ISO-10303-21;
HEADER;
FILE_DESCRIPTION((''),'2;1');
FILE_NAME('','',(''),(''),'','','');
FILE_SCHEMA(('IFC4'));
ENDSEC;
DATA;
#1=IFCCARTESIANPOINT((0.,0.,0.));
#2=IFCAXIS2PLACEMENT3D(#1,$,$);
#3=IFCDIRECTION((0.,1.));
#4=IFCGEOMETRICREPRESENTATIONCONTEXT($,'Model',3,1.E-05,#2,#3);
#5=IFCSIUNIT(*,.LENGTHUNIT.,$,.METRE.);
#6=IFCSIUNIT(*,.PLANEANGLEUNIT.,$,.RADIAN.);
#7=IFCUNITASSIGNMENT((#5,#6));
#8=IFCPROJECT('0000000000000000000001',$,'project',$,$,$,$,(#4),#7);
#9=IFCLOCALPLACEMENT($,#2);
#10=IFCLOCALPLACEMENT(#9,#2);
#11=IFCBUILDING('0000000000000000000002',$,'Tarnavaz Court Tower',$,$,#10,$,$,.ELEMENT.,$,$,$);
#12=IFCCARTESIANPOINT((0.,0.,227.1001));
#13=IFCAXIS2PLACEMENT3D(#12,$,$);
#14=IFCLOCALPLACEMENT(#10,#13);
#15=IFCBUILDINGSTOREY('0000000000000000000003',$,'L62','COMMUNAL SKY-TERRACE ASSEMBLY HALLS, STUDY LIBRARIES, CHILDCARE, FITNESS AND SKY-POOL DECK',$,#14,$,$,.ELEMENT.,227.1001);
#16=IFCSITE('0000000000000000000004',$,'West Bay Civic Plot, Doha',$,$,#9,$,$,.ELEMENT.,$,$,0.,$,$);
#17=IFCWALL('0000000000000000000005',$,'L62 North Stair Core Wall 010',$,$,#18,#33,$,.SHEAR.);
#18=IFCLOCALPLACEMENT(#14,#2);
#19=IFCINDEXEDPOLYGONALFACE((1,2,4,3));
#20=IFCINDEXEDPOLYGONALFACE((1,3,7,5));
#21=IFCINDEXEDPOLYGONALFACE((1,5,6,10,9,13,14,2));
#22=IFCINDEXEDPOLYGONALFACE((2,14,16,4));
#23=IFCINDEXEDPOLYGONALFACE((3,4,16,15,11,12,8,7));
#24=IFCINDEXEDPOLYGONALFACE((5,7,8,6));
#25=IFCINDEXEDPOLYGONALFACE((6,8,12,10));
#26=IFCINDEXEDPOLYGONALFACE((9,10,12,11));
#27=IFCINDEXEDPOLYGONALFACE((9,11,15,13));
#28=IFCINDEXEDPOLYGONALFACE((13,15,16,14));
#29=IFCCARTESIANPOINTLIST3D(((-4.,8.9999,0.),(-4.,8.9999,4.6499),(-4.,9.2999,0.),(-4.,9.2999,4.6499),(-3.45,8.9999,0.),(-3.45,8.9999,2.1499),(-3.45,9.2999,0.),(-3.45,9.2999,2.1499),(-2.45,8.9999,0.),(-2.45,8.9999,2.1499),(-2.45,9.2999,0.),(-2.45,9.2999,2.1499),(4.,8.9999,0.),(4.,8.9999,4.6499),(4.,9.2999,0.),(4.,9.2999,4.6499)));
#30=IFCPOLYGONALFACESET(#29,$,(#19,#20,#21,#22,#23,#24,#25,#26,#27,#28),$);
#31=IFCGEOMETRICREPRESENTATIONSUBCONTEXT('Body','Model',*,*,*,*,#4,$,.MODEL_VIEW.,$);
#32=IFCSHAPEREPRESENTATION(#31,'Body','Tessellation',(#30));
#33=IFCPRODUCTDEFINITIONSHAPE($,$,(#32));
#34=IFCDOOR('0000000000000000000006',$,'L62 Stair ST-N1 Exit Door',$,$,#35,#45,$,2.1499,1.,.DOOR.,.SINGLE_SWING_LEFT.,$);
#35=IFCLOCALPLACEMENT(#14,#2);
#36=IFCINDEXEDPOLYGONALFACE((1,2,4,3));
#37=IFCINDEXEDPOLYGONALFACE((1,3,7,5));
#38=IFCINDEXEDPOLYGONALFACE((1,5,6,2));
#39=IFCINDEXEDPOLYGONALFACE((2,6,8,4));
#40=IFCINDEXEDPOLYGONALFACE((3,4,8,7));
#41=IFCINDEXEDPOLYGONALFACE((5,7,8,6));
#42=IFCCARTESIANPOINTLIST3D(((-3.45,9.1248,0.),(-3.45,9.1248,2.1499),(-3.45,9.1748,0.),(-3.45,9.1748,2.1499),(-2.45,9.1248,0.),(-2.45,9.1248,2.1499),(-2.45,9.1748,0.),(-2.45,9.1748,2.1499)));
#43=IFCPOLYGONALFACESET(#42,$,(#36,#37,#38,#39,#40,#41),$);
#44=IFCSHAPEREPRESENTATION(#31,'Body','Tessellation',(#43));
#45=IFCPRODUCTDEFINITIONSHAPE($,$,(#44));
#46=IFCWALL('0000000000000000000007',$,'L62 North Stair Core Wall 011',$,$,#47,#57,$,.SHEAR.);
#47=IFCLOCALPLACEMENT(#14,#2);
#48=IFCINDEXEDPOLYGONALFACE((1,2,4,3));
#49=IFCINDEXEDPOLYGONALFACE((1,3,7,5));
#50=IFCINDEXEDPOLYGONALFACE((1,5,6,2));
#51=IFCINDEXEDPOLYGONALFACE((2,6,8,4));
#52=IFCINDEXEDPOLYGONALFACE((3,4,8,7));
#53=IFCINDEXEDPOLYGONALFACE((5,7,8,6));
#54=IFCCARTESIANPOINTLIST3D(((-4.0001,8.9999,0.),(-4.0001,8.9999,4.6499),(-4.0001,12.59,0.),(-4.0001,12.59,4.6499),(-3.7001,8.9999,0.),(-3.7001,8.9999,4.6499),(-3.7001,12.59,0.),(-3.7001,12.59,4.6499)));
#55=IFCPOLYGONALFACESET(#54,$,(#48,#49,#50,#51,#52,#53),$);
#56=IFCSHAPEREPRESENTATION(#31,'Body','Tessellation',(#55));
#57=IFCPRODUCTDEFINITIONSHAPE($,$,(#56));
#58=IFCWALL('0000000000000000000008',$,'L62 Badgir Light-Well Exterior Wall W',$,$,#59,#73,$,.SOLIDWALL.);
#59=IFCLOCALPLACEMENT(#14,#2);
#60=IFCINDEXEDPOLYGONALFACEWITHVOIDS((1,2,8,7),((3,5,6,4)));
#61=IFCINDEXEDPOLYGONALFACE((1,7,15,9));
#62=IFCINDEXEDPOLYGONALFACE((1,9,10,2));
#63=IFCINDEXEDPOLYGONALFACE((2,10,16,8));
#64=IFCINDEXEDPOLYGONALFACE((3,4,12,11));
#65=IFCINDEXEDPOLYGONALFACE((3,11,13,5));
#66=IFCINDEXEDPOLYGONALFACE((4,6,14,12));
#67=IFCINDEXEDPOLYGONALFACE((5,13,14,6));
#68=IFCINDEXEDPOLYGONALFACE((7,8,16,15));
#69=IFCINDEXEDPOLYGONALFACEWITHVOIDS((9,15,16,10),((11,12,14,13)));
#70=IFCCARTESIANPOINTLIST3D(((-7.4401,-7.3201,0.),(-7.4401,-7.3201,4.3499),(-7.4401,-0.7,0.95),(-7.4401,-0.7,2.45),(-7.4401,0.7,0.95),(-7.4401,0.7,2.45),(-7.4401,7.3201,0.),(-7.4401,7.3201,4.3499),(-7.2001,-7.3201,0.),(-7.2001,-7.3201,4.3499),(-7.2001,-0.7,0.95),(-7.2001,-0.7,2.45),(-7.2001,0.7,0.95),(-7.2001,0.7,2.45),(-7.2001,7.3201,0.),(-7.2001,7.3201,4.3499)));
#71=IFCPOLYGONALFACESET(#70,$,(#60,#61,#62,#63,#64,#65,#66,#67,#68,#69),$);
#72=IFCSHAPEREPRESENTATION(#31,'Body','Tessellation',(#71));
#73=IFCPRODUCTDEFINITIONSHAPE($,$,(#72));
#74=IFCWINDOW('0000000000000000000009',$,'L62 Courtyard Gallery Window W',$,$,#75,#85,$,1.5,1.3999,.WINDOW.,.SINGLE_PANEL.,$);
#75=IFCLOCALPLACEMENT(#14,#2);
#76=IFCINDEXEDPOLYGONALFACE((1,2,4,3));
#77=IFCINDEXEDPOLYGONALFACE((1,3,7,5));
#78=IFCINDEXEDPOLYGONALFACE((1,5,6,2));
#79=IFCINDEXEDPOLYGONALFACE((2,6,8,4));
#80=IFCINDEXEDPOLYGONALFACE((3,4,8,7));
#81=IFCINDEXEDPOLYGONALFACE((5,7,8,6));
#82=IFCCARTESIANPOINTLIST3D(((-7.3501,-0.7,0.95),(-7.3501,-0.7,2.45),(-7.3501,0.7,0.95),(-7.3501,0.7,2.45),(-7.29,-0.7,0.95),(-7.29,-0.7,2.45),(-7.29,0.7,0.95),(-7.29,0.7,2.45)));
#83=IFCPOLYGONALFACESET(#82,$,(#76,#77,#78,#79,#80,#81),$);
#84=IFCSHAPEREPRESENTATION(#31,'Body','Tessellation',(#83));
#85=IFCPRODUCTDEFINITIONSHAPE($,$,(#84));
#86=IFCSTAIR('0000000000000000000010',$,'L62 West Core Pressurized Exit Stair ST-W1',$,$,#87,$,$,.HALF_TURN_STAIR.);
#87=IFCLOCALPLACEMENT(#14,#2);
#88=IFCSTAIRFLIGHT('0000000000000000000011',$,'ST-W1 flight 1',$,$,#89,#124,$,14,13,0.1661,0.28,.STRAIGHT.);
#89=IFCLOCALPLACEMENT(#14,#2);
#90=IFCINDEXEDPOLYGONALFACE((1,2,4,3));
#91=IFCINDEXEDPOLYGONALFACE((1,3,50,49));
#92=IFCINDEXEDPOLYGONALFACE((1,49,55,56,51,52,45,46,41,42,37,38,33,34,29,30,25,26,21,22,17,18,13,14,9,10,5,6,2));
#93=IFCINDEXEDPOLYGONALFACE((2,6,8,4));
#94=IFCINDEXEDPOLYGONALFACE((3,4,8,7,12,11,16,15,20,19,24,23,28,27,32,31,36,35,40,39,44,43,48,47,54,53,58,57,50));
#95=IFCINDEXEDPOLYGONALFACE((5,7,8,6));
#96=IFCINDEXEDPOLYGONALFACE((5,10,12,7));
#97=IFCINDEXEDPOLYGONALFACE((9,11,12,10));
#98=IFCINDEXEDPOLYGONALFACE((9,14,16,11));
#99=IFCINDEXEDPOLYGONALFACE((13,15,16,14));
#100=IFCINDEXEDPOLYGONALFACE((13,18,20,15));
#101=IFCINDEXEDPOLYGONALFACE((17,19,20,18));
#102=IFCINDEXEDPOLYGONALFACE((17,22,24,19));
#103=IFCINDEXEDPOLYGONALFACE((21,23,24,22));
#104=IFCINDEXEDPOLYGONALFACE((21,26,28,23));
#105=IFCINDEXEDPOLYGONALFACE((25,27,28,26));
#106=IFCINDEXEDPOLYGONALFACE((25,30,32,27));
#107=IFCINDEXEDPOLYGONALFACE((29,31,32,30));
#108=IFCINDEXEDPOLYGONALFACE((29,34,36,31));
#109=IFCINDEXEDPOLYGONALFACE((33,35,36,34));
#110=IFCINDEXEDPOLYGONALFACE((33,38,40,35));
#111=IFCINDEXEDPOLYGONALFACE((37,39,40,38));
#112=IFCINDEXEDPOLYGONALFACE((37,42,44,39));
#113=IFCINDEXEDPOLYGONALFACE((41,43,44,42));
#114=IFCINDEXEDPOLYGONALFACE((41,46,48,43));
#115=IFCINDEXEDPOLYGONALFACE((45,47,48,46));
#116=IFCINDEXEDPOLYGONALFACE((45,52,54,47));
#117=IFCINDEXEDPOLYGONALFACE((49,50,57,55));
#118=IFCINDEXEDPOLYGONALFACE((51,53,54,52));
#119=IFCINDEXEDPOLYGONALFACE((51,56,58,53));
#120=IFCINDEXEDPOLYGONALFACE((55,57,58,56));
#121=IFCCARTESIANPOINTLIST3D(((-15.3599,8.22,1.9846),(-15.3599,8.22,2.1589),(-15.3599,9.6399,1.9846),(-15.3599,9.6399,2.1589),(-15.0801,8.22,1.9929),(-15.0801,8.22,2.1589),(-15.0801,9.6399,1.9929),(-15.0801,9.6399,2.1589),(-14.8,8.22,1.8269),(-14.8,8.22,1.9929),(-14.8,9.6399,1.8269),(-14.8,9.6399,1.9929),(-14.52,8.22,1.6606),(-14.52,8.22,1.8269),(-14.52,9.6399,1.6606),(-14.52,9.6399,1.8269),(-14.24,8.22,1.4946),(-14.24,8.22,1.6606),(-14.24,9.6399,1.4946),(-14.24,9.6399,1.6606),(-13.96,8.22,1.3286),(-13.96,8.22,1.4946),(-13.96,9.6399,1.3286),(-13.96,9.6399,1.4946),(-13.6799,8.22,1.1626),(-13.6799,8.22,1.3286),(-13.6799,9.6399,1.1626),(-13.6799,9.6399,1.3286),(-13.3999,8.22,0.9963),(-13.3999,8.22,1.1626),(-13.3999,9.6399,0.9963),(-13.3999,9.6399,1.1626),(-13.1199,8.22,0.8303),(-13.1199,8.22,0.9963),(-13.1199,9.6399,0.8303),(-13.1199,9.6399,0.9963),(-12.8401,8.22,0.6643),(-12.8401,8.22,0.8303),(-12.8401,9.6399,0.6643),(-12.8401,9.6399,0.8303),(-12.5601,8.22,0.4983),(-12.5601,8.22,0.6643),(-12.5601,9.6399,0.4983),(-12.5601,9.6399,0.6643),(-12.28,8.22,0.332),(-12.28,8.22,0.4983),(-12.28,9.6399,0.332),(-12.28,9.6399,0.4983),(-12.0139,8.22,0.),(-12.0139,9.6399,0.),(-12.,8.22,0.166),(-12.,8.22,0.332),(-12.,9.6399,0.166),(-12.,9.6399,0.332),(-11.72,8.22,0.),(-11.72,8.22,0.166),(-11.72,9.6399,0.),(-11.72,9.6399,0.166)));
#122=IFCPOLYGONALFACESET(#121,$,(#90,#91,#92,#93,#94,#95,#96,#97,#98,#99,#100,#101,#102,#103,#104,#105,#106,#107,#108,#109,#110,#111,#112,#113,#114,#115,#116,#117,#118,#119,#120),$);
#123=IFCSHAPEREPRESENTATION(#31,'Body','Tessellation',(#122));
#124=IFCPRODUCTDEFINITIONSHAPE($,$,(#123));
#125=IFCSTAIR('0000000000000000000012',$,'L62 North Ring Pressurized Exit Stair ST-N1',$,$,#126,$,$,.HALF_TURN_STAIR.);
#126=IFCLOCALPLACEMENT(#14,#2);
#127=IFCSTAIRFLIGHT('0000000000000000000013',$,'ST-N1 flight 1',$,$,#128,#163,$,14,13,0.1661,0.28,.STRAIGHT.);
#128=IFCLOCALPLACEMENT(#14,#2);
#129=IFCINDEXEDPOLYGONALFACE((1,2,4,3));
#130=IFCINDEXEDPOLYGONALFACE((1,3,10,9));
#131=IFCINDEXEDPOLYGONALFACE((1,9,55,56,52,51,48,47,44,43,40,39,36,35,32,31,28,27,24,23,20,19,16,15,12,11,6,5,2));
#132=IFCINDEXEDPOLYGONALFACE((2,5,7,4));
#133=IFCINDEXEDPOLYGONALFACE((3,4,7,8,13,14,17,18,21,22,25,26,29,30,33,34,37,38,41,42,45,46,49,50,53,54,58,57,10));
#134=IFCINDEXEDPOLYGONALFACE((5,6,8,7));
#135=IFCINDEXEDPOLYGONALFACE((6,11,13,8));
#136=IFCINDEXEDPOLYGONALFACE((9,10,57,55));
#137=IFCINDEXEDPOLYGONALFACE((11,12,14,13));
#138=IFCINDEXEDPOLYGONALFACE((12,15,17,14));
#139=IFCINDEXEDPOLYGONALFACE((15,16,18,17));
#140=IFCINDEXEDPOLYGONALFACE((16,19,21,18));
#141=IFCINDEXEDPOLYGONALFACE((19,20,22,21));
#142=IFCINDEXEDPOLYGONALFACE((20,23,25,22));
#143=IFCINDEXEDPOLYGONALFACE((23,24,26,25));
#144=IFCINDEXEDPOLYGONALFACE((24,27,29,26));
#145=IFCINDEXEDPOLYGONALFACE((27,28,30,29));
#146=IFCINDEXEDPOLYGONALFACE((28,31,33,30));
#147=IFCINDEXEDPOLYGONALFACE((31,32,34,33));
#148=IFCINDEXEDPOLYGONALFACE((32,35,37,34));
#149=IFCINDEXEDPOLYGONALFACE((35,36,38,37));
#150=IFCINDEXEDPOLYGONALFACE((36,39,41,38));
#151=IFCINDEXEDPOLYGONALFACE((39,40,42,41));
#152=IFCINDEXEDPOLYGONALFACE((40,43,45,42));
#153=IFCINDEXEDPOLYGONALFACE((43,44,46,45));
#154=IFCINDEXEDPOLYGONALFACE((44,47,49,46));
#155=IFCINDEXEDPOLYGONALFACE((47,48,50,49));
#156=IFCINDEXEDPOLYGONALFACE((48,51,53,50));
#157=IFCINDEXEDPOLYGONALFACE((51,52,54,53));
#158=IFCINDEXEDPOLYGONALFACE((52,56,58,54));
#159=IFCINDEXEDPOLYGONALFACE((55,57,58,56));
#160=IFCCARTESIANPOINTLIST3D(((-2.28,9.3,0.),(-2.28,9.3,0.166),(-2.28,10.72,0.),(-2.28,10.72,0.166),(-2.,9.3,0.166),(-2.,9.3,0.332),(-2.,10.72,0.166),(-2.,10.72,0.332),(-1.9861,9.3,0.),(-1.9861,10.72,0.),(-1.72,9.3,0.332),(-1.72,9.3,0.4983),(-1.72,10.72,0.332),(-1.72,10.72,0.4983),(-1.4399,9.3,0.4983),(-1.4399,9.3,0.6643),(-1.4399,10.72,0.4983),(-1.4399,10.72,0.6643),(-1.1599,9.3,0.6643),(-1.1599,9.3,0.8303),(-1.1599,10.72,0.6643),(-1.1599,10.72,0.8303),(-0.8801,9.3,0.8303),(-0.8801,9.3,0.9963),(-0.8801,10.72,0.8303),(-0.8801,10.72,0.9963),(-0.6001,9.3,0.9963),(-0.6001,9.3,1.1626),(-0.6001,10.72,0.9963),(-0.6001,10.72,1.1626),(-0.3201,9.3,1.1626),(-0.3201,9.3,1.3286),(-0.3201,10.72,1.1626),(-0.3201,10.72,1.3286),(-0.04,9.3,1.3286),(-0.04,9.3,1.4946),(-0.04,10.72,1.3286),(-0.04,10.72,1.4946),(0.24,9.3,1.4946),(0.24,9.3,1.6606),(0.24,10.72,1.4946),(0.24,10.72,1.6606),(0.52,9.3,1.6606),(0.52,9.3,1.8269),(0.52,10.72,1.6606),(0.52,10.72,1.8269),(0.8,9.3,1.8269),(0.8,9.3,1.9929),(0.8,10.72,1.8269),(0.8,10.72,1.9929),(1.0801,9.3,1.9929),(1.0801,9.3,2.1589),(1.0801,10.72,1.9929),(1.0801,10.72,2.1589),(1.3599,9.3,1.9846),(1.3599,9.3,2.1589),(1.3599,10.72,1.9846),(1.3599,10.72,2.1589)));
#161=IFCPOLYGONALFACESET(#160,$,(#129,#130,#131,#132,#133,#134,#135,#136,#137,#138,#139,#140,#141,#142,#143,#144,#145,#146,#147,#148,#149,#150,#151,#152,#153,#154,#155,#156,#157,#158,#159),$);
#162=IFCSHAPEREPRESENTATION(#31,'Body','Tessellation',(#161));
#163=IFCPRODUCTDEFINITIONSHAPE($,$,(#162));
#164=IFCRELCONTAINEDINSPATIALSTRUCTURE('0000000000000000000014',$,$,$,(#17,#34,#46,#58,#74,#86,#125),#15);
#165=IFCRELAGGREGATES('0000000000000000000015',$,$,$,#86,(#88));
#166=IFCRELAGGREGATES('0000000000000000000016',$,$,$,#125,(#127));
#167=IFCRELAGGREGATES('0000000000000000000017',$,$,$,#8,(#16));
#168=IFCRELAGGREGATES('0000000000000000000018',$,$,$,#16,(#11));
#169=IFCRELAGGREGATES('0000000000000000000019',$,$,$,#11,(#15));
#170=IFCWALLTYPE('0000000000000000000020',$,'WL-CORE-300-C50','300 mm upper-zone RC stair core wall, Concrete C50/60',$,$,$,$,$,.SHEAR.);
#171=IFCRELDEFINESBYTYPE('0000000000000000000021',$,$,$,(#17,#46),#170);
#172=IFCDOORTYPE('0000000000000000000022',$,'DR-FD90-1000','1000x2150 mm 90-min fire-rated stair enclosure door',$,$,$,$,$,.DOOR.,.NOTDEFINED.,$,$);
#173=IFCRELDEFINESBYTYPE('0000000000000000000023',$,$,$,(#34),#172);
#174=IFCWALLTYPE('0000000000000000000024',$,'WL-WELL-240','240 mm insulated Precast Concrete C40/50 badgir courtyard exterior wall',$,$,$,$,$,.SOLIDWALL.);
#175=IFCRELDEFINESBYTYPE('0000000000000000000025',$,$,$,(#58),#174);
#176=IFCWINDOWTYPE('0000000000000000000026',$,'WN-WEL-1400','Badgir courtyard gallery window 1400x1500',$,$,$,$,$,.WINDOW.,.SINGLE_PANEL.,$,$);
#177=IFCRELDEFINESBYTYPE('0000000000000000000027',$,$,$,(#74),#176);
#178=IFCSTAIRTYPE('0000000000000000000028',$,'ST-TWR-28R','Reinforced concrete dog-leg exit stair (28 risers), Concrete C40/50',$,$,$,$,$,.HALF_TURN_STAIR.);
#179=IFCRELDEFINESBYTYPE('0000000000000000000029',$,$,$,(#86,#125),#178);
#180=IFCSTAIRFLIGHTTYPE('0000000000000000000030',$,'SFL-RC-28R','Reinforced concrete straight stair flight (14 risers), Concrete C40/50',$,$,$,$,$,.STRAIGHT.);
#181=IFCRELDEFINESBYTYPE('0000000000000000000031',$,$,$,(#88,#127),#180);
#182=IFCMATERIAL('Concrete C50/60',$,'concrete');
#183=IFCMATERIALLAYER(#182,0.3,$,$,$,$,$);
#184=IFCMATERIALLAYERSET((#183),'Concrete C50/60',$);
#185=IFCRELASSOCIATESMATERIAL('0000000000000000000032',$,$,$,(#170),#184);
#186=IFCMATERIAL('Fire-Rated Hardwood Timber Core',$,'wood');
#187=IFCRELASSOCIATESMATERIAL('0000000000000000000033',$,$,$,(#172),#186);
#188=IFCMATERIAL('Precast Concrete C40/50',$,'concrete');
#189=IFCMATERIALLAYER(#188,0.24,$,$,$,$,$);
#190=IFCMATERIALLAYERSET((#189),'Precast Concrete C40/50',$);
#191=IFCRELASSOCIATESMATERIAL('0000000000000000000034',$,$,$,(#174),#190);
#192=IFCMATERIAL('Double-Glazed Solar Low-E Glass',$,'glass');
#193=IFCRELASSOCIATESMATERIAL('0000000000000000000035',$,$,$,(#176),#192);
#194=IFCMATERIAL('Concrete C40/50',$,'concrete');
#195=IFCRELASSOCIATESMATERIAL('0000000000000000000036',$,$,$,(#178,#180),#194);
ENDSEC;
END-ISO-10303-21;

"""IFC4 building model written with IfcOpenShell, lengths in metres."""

from ifc_helpers import new_model, si_unit, direction, frame, frame_2d, origin, place, context, subcontext, project, spatial, polyline, rectangle, outline, extrude, material, layer, layer_set, type_object, element, fill, aggregate, save


model = new_model("IFC4")

# Units and contexts
model_context = context("Model", 3, precision=1e-05, world=origin(), true_north=direction((0.0, 1.0)))
body_context = subcontext(model_context, "Body", "Model", "MODEL_VIEW")
ifc_project = project(units=[si_unit("LENGTHUNIT", "METRE"), si_unit("PLANEANGLEUNIT", "RADIAN")], contexts=[model_context])

# Site, building, storey
site_placement = place(None, origin())
site = spatial("IfcSite", under=ifc_project, at=site_placement, Name="West Bay Civic Plot, Doha", CompositionType="ELEMENT", RefElevation=0.0)
building_placement = place(site_placement, origin())
building = spatial("IfcBuilding", under=site, at=building_placement, Name="Tarnavaz Court Tower", CompositionType="ELEMENT")
storey_placement = place(building_placement, frame((0.0, 0.0, 227.1001)))
storey = spatial("IfcBuildingStorey", under=building, at=storey_placement, Name="L62", Description="COMMUNAL SKY-TERRACE ASSEMBLY HALLS, STUDY LIBRARIES, CHILDCARE, FITNESS AND SKY-POOL DECK", CompositionType="ELEMENT", Elevation=227.1001)

# Shared definitions
ifc_material_1 = material(Name="Concrete C50/60", Category="concrete")

# Shared definitions
ifc_material_2 = material(Name="Double-Glazed Solar Low-E Glass", Category="glass")

# Shared definitions
ifc_layer_1 = layer(ifc_material_1, 0.3)
ifc_layer_set_1 = layer_set([ifc_layer_1], Name="Concrete C50/60")
wall_type_1 = type_object("IfcWallType", Name="WL-CORE-300-C50", Description="300 mm upper-zone RC stair core wall, Concrete C50/60", PredefinedType="SHEAR", material=ifc_layer_set_1)

# Wall, opening, door
wall_1_placement = place(storey_placement, frame((-4.0, 9.1499, 0.0), z_axis=(0.0, 0.0, 1.0), x_axis=(1.0, 0.0, 0.0)))
wall_1 = element("IfcWall", 1, at=wall_1_placement, inside=storey, type_object=wall_type_1, Name="L62 North Stair Core Wall 010", PredefinedType="SHEAR", context=body_context, shape_type="SweptSolid", body=[
    extrude(rectangle(XDim=8.0, YDim=0.3, at=frame_2d((4.0, 0.0))), origin(), (0.0, 0.0, 1.0), 4.6499),
])
opening_1_placement = place(wall_1_placement, frame((0.55, 0.0, 0.0)))
opening_1 = element("IfcOpeningElement", 2, at=opening_1_placement, cuts=wall_1, PredefinedType="OPENING", context=body_context, shape_type="SweptSolid", body=[
    extrude(rectangle(XDim=1.0, YDim=2.1499, at=frame_2d((0.5, 1.075))), frame((0.0, 0.1599, 0.0), z_axis=(0.0, -1.0, 0.0), x_axis=(1.0, 0.0, 0.0)), (0.0, 0.0, 1.0), 0.3201),
])
ifc_material_3 = material(Name="Fire-Rated Hardwood Timber Core", Category="wood")
door_type_1 = type_object("IfcDoorType", Name="DR-FD90-1000", Description="1000x2150 mm 90-min fire-rated stair enclosure door", OperationType="NOTDEFINED", PredefinedType="DOOR", material=ifc_material_3)
door_1_placement = place(opening_1_placement, origin())
door_1 = element("IfcDoor", 3, at=door_1_placement, inside=storey, type_object=door_type_1, Name="L62 Stair ST-N1 Exit Door", OperationType="SINGLE_SWING_LEFT", OverallHeight=2.1499, OverallWidth=1.0, PredefinedType="DOOR", context=body_context, shape_type="SweptSolid", body=[
    extrude(rectangle(XDim=1.0, YDim=2.1499, at=frame_2d((0.5, 1.075))), frame((0.0, 0.0249, 0.0), z_axis=(0.0, -1.0, 0.0), x_axis=(1.0, 0.0, 0.0)), (0.0, 0.0, 1.0), 0.05),
])
fill(opening_1, door_1)

# Wall
wall_2_placement = place(storey_placement, frame((-3.8501, 9.0, 0.0), z_axis=(0.0, 0.0, 1.0), x_axis=(0.0, 1.0, 0.0)))
element("IfcWall", 4, at=wall_2_placement, inside=storey, type_object=wall_type_1, Name="L62 North Stair Core Wall 011", PredefinedType="SHEAR", context=body_context, shape_type="SweptSolid", body=[
    extrude(rectangle(XDim=3.5901, YDim=0.3, at=frame_2d((1.7949, 0.0))), origin(), (0.0, 0.0, 1.0), 4.6499),
])

# Wall, opening, window
ifc_material_4 = material(Name="Precast Concrete C40/50", Category="concrete")
ifc_layer_2 = layer(ifc_material_4, 0.24)
ifc_layer_set_2 = layer_set([ifc_layer_2], Name="Precast Concrete C40/50")
wall_type_2 = type_object("IfcWallType", Name="WL-WELL-240", Description="240 mm insulated Precast Concrete C40/50 badgir courtyard exterior wall", PredefinedType="SOLIDWALL", material=ifc_layer_set_2)
wall_3_placement = place(storey_placement, frame((-7.3201, 7.3201, 0.0), z_axis=(0.0, 0.0, 1.0), x_axis=(0.0, -1.0, 0.0)))
wall_3 = element("IfcWall", 5, at=wall_3_placement, inside=storey, type_object=wall_type_2, Name="L62 Badgir Light-Well Exterior Wall W", PredefinedType="SOLIDWALL", context=body_context, shape_type="SweptSolid", body=[
    extrude(rectangle(XDim=14.6401, YDim=0.24, at=frame_2d((7.3201, 0.0))), origin(), (0.0, 0.0, 1.0), 4.3499),
])
opening_2_placement = place(wall_3_placement, frame((6.6201, 0.0, 0.95)))
opening_2 = element("IfcOpeningElement", 6, at=opening_2_placement, cuts=wall_3, PredefinedType="OPENING", context=body_context, shape_type="SweptSolid", body=[
    extrude(rectangle(XDim=1.3999, YDim=1.5, at=frame_2d((0.7, 0.75))), frame((0.0, 0.1299, 0.0), z_axis=(0.0, -1.0, 0.0), x_axis=(1.0, 0.0, 0.0)), (0.0, 0.0, 1.0), 0.26),
])
window_type = type_object("IfcWindowType", Name="WN-WEL-1400", Description="Badgir courtyard gallery window 1400x1500", PartitioningType="SINGLE_PANEL", PredefinedType="WINDOW", material=ifc_material_2)
window_placement = place(opening_2_placement, origin())
window = element("IfcWindow", 7, at=window_placement, inside=storey, type_object=window_type, Name="L62 Courtyard Gallery Window W", OverallHeight=1.5, OverallWidth=1.3999, PartitioningType="SINGLE_PANEL", PredefinedType="WINDOW", context=body_context, shape_type="SweptSolid", body=[
    extrude(rectangle(XDim=1.3999, YDim=1.5, at=frame_2d((0.7, 0.75))), frame((0.0, 0.03, 0.0), z_axis=(0.0, -1.0, 0.0), x_axis=(1.0, 0.0, 0.0)), (0.0, 0.0, 1.0), 0.0601),
])
fill(opening_2, window)

# Stairs, stair flights
ifc_material_5 = material(Name="Concrete C40/50", Category="concrete")
stair_type = type_object("IfcStairType", Name="ST-TWR-28R", Description="Reinforced concrete dog-leg exit stair (28 risers), Concrete C40/50", PredefinedType="HALF_TURN_STAIR", material=ifc_material_5)
stair_1_placement = place(storey_placement, origin())
stair_1 = element("IfcStair", 8, at=stair_1_placement, inside=storey, type_object=stair_type, Name="L62 West Core Pressurized Exit Stair ST-W1", PredefinedType="HALF_TURN_STAIR")
stair_flight_type = type_object("IfcStairFlightType", Name="SFL-RC-28R", Description="Reinforced concrete straight stair flight (14 risers), Concrete C40/50", PredefinedType="STRAIGHT", material=ifc_material_5)
stair_flight_1_placement = place(storey_placement, frame((-11.72, 8.9299, 0.0), z_axis=(0.0, 0.0, 1.0), x_axis=(-1.0, 0.0, 0.0)))
stair_flight_1 = element("IfcStairFlight", 9, at=stair_flight_1_placement, type_object=stair_flight_type, Name="ST-W1 flight 1", NumberOfRisers=14, NumberOfTreads=13, PredefinedType="STRAIGHT", RiserHeight=0.1661, TreadLength=0.28, context=body_context, shape_type="SweptSolid", body=[
    extrude(outline(polyline([(0.0, 0.0), (0.0, 0.166), (0.28, 0.166), (0.28, 0.332), (0.5601, 0.332), (0.5601, 0.4983), (0.8401, 0.4983), (0.8401, 0.6643), (1.1201, 0.6643), (1.1201, 0.8303), (1.3999, 0.8303), (1.3999, 0.9963), (1.6799, 0.9963), (1.6799, 1.1626), (1.96, 1.1626), (1.96, 1.3286), (2.24, 1.3286), (2.24, 1.4946), (2.52, 1.4946), (2.52, 1.6606), (2.8, 1.6606), (2.8, 1.8269), (3.0801, 1.8269), (3.0801, 1.9929), (3.3601, 1.9929), (3.3601, 2.1589), (3.6399, 2.1589), (3.6399, 2.325), (3.6399, 1.9846), (0.2939, 0.0), (0.0, 0.0)])), frame((0.0, 0.71, 0.0), z_axis=(0.0, -1.0, 0.0), x_axis=(1.0, 0.0, 0.0)), (0.0, 0.0, 1.0), 1.4199),
])
aggregate(stair_1, [stair_flight_1])
stair_2_placement = place(storey_placement, origin())
stair_2 = element("IfcStair", 10, at=stair_2_placement, inside=storey, type_object=stair_type, Name="L62 North Ring Pressurized Exit Stair ST-N1", PredefinedType="HALF_TURN_STAIR")
stair_flight_2_placement = place(storey_placement, frame((-2.28, 10.01, 0.0), z_axis=(0.0, 0.0, 1.0), x_axis=(1.0, 0.0, 0.0)))
stair_flight_2 = element("IfcStairFlight", 11, at=stair_flight_2_placement, type_object=stair_flight_type, Name="ST-N1 flight 1", NumberOfRisers=14, NumberOfTreads=13, PredefinedType="STRAIGHT", RiserHeight=0.1661, TreadLength=0.28, context=body_context, shape_type="SweptSolid", body=[
    extrude(outline(polyline([(0.0, 0.0), (0.0, 0.166), (0.28, 0.166), (0.28, 0.332), (0.5601, 0.332), (0.5601, 0.4983), (0.8401, 0.4983), (0.8401, 0.6643), (1.1201, 0.6643), (1.1201, 0.8303), (1.3999, 0.8303), (1.3999, 0.9963), (1.6799, 0.9963), (1.6799, 1.1626), (1.96, 1.1626), (1.96, 1.3286), (2.24, 1.3286), (2.24, 1.4946), (2.52, 1.4946), (2.52, 1.6606), (2.8, 1.6606), (2.8, 1.8269), (3.0801, 1.8269), (3.0801, 1.9929), (3.3601, 1.9929), (3.3601, 2.1589), (3.6399, 2.1589), (3.6399, 2.325), (3.6399, 1.9846), (0.2939, 0.0), (0.0, 0.0)])), frame((0.0, 0.71, 0.0), z_axis=(0.0, -1.0, 0.0), x_axis=(1.0, 0.0, 0.0)), (0.0, 0.0, 1.0), 1.4199),
])
aggregate(stair_2, [stair_flight_2])

save(model, "model.ifc")
